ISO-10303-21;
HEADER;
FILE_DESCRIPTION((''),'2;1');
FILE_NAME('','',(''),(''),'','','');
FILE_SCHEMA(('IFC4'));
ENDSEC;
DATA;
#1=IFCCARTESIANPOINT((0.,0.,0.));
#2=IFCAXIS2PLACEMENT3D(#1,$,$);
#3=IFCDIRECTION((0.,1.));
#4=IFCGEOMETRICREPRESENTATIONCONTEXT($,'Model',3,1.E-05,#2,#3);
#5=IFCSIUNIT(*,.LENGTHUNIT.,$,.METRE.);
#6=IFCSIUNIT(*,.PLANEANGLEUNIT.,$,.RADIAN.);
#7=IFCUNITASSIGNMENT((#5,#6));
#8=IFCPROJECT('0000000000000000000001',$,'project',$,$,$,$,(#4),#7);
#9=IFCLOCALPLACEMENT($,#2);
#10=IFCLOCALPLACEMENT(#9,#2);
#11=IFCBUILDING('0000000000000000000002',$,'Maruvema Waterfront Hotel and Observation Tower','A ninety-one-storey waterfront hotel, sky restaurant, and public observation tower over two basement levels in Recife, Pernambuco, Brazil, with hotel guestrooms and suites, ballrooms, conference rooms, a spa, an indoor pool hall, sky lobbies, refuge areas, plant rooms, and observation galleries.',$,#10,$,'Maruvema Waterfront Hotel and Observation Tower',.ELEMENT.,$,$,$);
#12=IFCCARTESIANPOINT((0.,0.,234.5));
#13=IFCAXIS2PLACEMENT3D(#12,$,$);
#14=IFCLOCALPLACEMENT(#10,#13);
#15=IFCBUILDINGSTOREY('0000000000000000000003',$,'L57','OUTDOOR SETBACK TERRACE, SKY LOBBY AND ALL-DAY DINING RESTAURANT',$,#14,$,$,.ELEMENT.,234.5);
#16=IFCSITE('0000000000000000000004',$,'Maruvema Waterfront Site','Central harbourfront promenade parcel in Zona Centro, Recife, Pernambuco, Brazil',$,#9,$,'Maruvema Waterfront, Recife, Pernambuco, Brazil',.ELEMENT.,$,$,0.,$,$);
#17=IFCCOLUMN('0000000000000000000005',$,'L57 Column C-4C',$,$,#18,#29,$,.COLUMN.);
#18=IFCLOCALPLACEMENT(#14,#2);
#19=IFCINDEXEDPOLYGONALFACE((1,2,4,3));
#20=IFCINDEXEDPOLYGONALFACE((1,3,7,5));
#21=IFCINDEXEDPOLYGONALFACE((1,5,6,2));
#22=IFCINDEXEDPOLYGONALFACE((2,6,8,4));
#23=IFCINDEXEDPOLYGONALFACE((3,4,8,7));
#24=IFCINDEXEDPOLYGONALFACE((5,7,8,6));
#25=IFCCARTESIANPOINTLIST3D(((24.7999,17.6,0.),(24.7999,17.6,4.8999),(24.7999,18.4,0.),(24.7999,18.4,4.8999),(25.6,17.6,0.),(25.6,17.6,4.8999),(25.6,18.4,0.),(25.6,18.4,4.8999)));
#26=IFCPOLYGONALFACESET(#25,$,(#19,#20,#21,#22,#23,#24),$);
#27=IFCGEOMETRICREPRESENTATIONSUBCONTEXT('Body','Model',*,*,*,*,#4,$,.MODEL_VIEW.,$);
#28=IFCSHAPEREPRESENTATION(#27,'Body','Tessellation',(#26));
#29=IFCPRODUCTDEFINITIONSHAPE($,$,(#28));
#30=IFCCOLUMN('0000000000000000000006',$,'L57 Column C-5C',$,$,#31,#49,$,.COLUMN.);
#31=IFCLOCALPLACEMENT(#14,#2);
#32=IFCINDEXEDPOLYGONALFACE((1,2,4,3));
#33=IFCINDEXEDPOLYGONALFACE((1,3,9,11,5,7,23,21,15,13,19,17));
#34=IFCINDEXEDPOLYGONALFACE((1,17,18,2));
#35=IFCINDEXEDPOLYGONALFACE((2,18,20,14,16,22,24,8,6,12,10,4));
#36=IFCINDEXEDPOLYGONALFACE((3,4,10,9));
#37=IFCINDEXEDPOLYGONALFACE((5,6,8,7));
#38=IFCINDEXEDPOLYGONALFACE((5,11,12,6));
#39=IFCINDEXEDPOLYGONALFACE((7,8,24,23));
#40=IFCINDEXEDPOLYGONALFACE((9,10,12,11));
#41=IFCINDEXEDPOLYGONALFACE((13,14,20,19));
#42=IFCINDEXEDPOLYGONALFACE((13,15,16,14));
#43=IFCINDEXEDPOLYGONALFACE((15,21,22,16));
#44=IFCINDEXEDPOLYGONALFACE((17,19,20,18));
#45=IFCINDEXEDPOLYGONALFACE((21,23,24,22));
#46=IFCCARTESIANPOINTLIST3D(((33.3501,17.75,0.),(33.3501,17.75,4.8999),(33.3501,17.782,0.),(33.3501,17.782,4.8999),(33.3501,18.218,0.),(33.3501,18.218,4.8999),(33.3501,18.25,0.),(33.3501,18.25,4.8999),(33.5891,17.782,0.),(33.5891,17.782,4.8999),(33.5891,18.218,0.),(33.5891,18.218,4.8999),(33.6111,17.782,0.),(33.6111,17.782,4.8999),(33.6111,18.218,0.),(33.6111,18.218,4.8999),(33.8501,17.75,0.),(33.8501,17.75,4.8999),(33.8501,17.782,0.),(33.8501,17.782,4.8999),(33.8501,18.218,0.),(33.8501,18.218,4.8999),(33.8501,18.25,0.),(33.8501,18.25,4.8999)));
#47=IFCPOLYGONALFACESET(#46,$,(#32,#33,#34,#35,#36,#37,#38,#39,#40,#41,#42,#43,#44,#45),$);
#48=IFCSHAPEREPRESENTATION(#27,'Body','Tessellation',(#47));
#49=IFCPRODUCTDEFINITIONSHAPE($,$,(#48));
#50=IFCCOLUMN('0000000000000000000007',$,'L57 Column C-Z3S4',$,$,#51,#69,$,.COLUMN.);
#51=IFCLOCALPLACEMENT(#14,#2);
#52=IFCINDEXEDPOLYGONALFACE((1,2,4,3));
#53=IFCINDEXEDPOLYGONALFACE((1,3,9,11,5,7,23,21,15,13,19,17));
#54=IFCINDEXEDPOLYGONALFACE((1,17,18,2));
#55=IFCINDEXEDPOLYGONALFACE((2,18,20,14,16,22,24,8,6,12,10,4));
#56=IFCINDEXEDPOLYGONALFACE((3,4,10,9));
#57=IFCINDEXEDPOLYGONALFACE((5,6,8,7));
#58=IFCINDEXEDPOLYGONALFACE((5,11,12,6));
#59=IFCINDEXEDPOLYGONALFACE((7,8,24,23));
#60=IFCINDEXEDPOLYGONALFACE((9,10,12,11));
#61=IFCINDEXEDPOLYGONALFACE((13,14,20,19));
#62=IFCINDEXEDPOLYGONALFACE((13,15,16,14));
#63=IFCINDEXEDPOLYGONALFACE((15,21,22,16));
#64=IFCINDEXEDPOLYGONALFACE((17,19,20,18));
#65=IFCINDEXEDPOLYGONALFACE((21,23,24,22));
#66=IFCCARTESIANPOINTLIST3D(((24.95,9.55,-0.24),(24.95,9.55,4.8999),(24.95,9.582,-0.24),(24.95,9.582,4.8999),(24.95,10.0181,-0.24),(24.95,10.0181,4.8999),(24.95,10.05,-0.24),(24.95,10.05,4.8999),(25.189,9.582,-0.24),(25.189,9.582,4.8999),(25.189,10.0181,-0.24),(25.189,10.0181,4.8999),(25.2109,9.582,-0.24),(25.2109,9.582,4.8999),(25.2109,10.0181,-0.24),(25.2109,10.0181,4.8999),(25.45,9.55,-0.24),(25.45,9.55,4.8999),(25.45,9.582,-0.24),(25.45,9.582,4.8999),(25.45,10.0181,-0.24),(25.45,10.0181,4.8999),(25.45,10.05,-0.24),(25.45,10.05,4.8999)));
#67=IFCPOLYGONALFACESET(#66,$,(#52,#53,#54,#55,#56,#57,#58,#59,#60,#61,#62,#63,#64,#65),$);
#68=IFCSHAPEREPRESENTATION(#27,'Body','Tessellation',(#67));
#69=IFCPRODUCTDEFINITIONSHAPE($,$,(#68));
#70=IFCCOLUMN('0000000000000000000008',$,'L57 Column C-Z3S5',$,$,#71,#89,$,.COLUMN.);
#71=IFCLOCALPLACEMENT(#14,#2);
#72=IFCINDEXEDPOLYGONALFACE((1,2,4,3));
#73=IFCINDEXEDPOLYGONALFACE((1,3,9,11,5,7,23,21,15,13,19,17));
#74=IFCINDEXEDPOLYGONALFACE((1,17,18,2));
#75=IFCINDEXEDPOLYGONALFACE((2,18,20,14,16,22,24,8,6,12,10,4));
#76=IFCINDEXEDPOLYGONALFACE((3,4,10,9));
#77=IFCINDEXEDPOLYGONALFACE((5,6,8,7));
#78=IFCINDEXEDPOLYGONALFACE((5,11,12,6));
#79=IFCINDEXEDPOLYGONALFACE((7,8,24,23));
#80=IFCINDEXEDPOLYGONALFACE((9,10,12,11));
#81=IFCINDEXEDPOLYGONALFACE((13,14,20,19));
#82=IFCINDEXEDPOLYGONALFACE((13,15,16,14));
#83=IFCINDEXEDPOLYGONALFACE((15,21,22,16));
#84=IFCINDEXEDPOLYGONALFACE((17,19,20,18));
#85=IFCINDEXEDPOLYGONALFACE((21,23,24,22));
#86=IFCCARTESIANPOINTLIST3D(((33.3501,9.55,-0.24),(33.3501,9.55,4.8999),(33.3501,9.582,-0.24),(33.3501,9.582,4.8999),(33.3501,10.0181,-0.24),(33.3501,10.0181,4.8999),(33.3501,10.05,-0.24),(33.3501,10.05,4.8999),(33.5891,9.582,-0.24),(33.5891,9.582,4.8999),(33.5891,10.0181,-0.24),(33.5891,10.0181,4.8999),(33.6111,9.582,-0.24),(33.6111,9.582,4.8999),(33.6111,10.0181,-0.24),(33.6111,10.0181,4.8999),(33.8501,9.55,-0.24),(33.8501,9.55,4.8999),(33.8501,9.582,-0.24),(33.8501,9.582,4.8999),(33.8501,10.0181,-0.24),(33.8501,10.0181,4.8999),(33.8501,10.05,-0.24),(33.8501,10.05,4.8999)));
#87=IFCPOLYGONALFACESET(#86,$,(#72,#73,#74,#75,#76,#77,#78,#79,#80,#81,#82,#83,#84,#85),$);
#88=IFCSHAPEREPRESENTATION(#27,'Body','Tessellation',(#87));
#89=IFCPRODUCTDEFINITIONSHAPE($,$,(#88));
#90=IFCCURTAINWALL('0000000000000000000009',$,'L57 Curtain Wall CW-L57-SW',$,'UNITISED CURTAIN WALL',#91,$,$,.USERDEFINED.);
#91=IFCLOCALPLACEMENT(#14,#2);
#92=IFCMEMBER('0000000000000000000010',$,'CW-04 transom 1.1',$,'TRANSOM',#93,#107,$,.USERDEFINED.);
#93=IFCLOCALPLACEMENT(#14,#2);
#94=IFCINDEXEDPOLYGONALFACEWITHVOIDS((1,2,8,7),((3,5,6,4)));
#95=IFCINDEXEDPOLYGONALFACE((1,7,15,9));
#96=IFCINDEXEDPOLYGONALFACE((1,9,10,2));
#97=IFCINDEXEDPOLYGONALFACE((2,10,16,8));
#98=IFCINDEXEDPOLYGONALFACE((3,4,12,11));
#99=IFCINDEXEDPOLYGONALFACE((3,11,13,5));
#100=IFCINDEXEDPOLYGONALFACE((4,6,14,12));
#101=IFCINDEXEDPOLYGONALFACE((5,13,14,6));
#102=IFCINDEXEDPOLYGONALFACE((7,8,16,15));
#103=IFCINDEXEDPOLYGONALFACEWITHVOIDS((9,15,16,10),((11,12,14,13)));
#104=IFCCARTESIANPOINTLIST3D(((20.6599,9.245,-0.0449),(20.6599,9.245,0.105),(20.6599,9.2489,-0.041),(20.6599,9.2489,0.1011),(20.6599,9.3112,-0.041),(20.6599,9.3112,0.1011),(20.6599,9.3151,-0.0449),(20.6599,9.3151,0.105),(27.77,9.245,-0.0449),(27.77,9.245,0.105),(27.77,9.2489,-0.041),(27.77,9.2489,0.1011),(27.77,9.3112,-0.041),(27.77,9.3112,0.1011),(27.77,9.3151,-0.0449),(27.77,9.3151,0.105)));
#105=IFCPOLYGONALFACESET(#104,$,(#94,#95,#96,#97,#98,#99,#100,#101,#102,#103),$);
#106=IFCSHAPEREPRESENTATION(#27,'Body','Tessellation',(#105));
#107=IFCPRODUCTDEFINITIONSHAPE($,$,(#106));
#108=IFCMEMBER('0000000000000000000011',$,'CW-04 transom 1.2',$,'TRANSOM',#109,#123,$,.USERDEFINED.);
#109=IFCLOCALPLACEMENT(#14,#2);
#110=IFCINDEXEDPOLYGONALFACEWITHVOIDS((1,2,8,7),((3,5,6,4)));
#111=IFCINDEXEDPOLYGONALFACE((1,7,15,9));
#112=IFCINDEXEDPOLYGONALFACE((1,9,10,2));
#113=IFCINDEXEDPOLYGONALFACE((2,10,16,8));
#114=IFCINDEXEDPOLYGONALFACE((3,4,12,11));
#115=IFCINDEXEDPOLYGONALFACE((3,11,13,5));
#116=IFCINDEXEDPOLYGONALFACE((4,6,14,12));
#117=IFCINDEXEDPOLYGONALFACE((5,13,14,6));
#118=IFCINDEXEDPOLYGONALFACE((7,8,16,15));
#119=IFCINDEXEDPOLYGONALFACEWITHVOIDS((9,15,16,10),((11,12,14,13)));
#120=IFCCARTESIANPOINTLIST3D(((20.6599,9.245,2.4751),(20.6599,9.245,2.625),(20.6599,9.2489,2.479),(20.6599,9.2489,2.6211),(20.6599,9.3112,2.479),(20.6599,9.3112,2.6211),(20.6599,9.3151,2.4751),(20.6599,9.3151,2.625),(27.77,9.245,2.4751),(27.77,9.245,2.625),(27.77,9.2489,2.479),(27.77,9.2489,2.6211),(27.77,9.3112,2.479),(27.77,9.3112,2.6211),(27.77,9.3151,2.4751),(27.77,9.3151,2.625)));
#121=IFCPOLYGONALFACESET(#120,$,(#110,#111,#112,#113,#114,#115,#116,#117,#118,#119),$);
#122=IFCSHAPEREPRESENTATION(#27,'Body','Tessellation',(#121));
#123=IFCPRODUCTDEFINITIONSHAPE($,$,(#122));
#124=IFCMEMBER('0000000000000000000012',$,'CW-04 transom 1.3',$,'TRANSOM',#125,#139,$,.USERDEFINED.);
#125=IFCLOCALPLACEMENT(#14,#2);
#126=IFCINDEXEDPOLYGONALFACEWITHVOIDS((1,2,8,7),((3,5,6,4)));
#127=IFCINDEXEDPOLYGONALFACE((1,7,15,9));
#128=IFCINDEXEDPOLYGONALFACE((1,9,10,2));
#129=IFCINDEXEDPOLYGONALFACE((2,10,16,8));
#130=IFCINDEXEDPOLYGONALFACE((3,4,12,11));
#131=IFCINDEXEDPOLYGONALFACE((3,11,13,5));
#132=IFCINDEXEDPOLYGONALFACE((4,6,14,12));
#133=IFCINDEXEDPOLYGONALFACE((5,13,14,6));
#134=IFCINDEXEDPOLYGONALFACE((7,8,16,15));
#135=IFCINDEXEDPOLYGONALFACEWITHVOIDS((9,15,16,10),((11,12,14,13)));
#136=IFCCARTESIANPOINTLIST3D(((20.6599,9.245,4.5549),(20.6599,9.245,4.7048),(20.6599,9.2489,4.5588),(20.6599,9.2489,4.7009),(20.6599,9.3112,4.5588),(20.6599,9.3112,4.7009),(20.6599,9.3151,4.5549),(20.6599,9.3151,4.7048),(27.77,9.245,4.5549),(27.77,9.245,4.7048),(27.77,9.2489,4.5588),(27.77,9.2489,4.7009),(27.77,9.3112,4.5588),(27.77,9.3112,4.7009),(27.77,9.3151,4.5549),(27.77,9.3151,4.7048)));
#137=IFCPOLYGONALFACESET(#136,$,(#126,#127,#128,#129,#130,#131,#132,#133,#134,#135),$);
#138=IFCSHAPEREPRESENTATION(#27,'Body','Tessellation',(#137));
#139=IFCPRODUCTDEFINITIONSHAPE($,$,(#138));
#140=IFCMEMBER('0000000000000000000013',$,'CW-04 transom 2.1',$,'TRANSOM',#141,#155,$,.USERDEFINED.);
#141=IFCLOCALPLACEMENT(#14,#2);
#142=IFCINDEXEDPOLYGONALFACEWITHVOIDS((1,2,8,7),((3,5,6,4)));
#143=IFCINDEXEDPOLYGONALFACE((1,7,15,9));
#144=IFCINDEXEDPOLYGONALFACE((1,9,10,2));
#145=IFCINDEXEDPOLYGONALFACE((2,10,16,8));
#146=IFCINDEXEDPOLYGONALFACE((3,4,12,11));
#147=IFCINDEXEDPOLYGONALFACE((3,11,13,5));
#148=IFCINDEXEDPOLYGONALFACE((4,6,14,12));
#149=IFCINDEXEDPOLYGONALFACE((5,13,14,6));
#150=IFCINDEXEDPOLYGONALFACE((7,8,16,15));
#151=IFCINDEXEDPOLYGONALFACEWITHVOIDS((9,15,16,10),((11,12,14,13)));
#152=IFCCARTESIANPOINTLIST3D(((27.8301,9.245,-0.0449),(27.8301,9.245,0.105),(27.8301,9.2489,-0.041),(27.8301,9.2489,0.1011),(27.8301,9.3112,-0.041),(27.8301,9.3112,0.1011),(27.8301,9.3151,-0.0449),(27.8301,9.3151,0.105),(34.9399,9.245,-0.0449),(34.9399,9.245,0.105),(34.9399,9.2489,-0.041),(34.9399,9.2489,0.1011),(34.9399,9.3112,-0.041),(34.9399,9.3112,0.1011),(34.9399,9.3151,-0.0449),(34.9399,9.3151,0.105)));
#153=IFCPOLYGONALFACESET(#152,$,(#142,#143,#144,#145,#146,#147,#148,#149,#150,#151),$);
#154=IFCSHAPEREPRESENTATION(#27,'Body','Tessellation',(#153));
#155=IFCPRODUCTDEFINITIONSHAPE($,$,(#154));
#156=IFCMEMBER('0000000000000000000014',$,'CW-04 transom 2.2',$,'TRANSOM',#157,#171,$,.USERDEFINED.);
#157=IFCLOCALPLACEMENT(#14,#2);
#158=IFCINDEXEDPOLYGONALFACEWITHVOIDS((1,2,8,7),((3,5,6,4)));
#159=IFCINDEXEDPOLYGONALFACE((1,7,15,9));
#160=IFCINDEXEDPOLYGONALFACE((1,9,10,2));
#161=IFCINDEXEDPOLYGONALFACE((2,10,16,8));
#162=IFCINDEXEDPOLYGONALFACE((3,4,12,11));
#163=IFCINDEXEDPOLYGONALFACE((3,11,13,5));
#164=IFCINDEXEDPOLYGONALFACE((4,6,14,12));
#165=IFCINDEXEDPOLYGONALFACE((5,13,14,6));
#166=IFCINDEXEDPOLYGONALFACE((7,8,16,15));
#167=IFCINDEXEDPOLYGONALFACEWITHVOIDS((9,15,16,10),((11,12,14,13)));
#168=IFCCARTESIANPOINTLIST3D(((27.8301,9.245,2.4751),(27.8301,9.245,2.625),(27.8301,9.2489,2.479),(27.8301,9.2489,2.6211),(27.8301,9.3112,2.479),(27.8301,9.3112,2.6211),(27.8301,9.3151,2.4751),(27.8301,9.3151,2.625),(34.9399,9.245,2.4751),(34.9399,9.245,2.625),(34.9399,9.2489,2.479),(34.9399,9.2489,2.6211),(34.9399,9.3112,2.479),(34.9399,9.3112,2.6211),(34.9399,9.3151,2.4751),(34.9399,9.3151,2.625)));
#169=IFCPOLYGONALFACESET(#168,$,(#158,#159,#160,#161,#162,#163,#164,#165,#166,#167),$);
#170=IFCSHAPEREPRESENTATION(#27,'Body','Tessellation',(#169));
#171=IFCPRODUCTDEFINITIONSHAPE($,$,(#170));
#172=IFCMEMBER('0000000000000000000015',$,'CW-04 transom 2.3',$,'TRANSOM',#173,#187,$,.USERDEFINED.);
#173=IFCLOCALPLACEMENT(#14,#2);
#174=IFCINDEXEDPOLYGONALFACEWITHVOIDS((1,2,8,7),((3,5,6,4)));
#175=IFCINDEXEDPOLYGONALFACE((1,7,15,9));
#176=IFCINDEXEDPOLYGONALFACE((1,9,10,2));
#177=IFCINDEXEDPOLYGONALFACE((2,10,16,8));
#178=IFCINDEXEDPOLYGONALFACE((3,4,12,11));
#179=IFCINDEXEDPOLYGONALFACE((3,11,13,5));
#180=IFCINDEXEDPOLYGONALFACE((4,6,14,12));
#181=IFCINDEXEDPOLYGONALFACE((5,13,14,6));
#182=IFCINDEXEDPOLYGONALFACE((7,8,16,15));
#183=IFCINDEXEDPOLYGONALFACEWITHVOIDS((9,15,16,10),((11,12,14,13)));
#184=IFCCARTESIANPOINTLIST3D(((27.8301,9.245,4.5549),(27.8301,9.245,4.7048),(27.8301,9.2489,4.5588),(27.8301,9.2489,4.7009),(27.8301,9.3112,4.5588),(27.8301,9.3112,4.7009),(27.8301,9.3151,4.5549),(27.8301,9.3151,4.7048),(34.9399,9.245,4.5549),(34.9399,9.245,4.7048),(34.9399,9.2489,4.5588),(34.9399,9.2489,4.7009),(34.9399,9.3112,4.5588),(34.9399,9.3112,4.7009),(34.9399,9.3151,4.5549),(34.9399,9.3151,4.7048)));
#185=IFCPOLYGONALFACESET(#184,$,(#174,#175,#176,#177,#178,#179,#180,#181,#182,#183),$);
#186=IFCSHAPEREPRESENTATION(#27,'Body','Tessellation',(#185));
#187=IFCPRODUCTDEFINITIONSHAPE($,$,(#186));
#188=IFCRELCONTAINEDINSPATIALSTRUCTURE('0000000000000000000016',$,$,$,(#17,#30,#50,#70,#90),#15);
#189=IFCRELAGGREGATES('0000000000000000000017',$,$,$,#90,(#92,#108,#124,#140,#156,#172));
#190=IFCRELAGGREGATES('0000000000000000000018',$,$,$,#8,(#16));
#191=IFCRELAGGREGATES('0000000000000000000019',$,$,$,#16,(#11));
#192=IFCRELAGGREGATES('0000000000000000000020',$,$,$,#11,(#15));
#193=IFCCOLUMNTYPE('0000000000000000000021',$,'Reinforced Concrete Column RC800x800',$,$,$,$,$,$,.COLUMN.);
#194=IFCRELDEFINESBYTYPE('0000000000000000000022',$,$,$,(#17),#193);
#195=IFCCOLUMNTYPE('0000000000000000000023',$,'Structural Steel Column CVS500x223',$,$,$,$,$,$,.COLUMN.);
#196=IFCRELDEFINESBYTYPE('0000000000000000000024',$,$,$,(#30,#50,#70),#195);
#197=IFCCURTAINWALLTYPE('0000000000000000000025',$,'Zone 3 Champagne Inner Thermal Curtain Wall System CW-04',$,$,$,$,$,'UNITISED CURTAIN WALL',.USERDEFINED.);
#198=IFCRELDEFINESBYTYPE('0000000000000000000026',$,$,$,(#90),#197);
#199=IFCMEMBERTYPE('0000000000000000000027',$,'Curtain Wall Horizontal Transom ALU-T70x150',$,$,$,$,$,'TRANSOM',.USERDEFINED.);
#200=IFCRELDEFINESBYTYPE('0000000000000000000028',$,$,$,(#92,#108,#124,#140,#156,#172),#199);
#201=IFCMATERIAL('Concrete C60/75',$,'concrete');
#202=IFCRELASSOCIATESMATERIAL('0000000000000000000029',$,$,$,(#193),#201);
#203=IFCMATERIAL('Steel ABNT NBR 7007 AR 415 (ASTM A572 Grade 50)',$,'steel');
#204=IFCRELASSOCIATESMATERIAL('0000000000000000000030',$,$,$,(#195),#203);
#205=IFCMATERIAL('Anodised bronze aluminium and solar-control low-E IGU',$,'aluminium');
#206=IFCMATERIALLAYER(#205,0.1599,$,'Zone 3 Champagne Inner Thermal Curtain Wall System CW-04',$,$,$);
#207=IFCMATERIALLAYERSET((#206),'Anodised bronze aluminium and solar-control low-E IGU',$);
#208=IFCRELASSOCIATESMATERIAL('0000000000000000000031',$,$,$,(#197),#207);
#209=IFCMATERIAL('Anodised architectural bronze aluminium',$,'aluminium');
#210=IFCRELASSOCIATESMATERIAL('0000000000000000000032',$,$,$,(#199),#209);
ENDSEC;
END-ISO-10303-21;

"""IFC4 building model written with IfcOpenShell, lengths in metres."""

from ifc_helpers import new_model, si_unit, direction, frame, origin, origin_2d, place, context, subcontext, project, spatial, rectangle, hollow_rectangle, i_section, extrude, material, layer, layer_set, material_profile, profile_set, type_object, element, aggregate, save


model = new_model("IFC4")

# Units and contexts
model_context = context("Model", 3, precision=1e-05, world=origin(), true_north=direction((0.0, 1.0)))
body_context = subcontext(model_context, "Body", "Model", "MODEL_VIEW")
ifc_project = project(units=[si_unit("LENGTHUNIT", "METRE"), si_unit("PLANEANGLEUNIT", "RADIAN")], contexts=[model_context])

# Site, building, storey
site_placement = place(None, origin())
site = spatial("IfcSite", under=ifc_project, at=site_placement, Name="Maruvema Waterfront Site", Description="Central harbourfront promenade parcel in Zona Centro, Recife, Pernambuco, Brazil", LongName="Maruvema Waterfront, Recife, Pernambuco, Brazil", CompositionType="ELEMENT", RefElevation=0.0)
building_placement = place(site_placement, origin())
building = spatial("IfcBuilding", under=site, at=building_placement, Name="Maruvema Waterfront Hotel and Observation Tower", Description="A ninety-one-storey waterfront hotel, sky restaurant, and public observation tower over two basement levels in Recife, Pernambuco, Brazil, with hotel guestrooms and suites, ballrooms, conference rooms, a spa, an indoor pool hall, sky lobbies, refuge areas, plant rooms, and observation galleries.", LongName="Maruvema Waterfront Hotel and Observation Tower", CompositionType="ELEMENT")
storey_placement = place(building_placement, frame((0.0, 0.0, 234.5)))
storey = spatial("IfcBuildingStorey", under=building, at=storey_placement, Name="L57", Description="OUTDOOR SETBACK TERRACE, SKY LOBBY AND ALL-DAY DINING RESTAURANT", CompositionType="ELEMENT", Elevation=234.5)

# Columns
ifc_material_1 = material(Name="Concrete C60/75", Category="concrete")
ifc_material_profile_1 = material_profile(ifc_material_1, rectangle(XDim=0.8, YDim=0.8, at=origin_2d()), Name="RC800x800")
ifc_profile_set_1 = profile_set([ifc_material_profile_1], Name="Concrete C60/75")
column_type_1 = type_object("IfcColumnType", Name="Reinforced Concrete Column RC800x800", PredefinedType="COLUMN", material=ifc_profile_set_1)
column_1_placement = place(storey_placement, frame((25.2, 18.0, 0.0), z_axis=(0.0, 0.0, 1.0), x_axis=(1.0, 0.0, 0.0)))
element("IfcColumn", 1, at=column_1_placement, inside=storey, type_object=column_type_1, Name="L57 Column C-4C", PredefinedType="COLUMN", context=body_context, shape_type="SweptSolid", body=[
    extrude(rectangle(XDim=0.8, YDim=0.8, at=origin_2d()), origin(), (0.0, 0.0, 1.0), 4.8999),
])
ifc_material_2 = material(Name="Steel ABNT NBR 7007 AR 415 (ASTM A572 Grade 50)", Category="steel")
ifc_material_profile_2 = material_profile(ifc_material_2, i_section(OverallWidth=0.5, OverallDepth=0.5, WebThickness=0.022, FlangeThickness=0.032, at=origin_2d()), Name="CVS500x223")
ifc_profile_set_2 = profile_set([ifc_material_profile_2], Name="Steel ABNT NBR 7007 AR 415 (ASTM A572 Grade 50)")
column_type_2 = type_object("IfcColumnType", Name="Structural Steel Column CVS500x223", PredefinedType="COLUMN", material=ifc_profile_set_2)
column_2_placement = place(storey_placement, frame((33.6001, 18.0, 0.0), z_axis=(0.0, 0.0, 1.0), x_axis=(1.0, 0.0, 0.0)))
element("IfcColumn", 2, at=column_2_placement, inside=storey, type_object=column_type_2, Name="L57 Column C-5C", PredefinedType="COLUMN", context=body_context, shape_type="SweptSolid", body=[
    extrude(i_section(OverallWidth=0.5, OverallDepth=0.5, WebThickness=0.022, FlangeThickness=0.032, at=origin_2d()), origin(), (0.0, 0.0, 1.0), 4.8999),
])
for number, where, z_axis, x_axis, name in (
    (3, (25.2, 9.8, -0.24), (0.0, 0.0, 1.0), (1.0, 0.0, 0.0), "L57 Column C-Z3S4"),
    (4, (33.6001, 9.8, -0.24), (0.0, 0.0, 1.0), (1.0, 0.0, 0.0), "L57 Column C-Z3S5"),
):
    element("IfcColumn", number, at=place(storey_placement, frame(where, z_axis=z_axis, x_axis=x_axis)), inside=storey, type_object=column_type_2, Name=name, PredefinedType="COLUMN", context=body_context, shape_type="SweptSolid", body=[
        extrude(i_section(OverallWidth=0.5, OverallDepth=0.5, WebThickness=0.022, FlangeThickness=0.032, at=origin_2d()), origin(), (0.0, 0.0, 1.0), 5.1399),
    ])

# Curtain wall, members
ifc_material_3 = material(Name="Anodised bronze aluminium and solar-control low-E IGU", Category="aluminium")
ifc_layer_1 = layer(ifc_material_3, 0.1599, Name="Zone 3 Champagne Inner Thermal Curtain Wall System CW-04")
ifc_layer_set_1 = layer_set([ifc_layer_1], Name="Anodised bronze aluminium and solar-control low-E IGU")
curtain_wall_type = type_object("IfcCurtainWallType", Name="Zone 3 Champagne Inner Thermal Curtain Wall System CW-04", ElementType="UNITISED CURTAIN WALL", PredefinedType="USERDEFINED", material=ifc_layer_set_1)
curtain_wall_placement = place(storey_placement, origin())
curtain_wall = element("IfcCurtainWall", 5, at=curtain_wall_placement, inside=storey, type_object=curtain_wall_type, Name="L57 Curtain Wall CW-L57-SW", ObjectType="UNITISED CURTAIN WALL", PredefinedType="USERDEFINED")
ifc_material_4 = material(Name="Anodised architectural bronze aluminium", Category="aluminium")
ifc_material_profile_3 = material_profile(ifc_material_4, hollow_rectangle(XDim=0.0701, YDim=0.1499, WallThickness=0.0039, at=origin_2d()), Name="ALU-T70x150")
ifc_profile_set_3 = profile_set([ifc_material_profile_3], Name="Anodised architectural bronze aluminium")
member_type_1 = type_object("IfcMemberType", Name="Curtain Wall Horizontal Transom ALU-T70x150", ElementType="TRANSOM", PredefinedType="USERDEFINED", material=ifc_profile_set_3)
member_1_placement = place(storey_placement, frame((20.6599, 9.28, 0.03), z_axis=(1.0, 0.0, 0.0), x_axis=(0.0, 1.0, 0.0)))
member_1 = element("IfcMember", 6, at=member_1_placement, type_object=member_type_1, Name="CW-04 transom 1.1", ObjectType="TRANSOM", PredefinedType="USERDEFINED", context=body_context, shape_type="SweptSolid", body=[
    extrude(hollow_rectangle(XDim=0.0701, YDim=0.1499, WallThickness=0.0039, at=origin_2d()), origin(), (0.0, 0.0, 1.0), 7.1101),
])
member_2_placement = place(storey_placement, frame((20.6599, 9.28, 2.55), z_axis=(1.0, 0.0, 0.0), x_axis=(0.0, 1.0, 0.0)))
member_2 = element("IfcMember", 7, at=member_2_placement, type_object=member_type_1, Name="CW-04 transom 1.2", ObjectType="TRANSOM", PredefinedType="USERDEFINED", context=body_context, shape_type="SweptSolid", body=[
    extrude(hollow_rectangle(XDim=0.0701, YDim=0.1499, WallThickness=0.0039, at=origin_2d()), origin(), (0.0, 0.0, 1.0), 7.1101),
])
member_3_placement = place(storey_placement, frame((20.6599, 9.28, 4.6299), z_axis=(1.0, 0.0, 0.0), x_axis=(0.0, 1.0, 0.0)))
member_3 = element("IfcMember", 8, at=member_3_placement, type_object=member_type_1, Name="CW-04 transom 1.3", ObjectType="TRANSOM", PredefinedType="USERDEFINED", context=body_context, shape_type="SweptSolid", body=[
    extrude(hollow_rectangle(XDim=0.0701, YDim=0.1499, WallThickness=0.0039, at=origin_2d()), origin(), (0.0, 0.0, 1.0), 7.1101),
])
member_4_placement = place(storey_placement, frame((27.8301, 9.28, 0.03), z_axis=(1.0, 0.0, 0.0), x_axis=(0.0, 1.0, 0.0)))
member_4 = element("IfcMember", 9, at=member_4_placement, type_object=member_type_1, Name="CW-04 transom 2.1", ObjectType="TRANSOM", PredefinedType="USERDEFINED", context=body_context, shape_type="SweptSolid", body=[
    extrude(hollow_rectangle(XDim=0.0701, YDim=0.1499, WallThickness=0.0039, at=origin_2d()), origin(), (0.0, 0.0, 1.0), 7.1099),
])
member_5_placement = place(storey_placement, frame((27.8301, 9.28, 2.55), z_axis=(1.0, 0.0, 0.0), x_axis=(0.0, 1.0, 0.0)))
member_5 = element("IfcMember", 10, at=member_5_placement, type_object=member_type_1, Name="CW-04 transom 2.2", ObjectType="TRANSOM", PredefinedType="USERDEFINED", context=body_context, shape_type="SweptSolid", body=[
    extrude(hollow_rectangle(XDim=0.0701, YDim=0.1499, WallThickness=0.0039, at=origin_2d()), origin(), (0.0, 0.0, 1.0), 7.1099),
])
member_6_placement = place(storey_placement, frame((27.8301, 9.28, 4.6299), z_axis=(1.0, 0.0, 0.0), x_axis=(0.0, 1.0, 0.0)))
member_6 = element("IfcMember", 11, at=member_6_placement, type_object=member_type_1, Name="CW-04 transom 2.3", ObjectType="TRANSOM", PredefinedType="USERDEFINED", context=body_context, shape_type="SweptSolid", body=[
    extrude(hollow_rectangle(XDim=0.0701, YDim=0.1499, WallThickness=0.0039, at=origin_2d()), origin(), (0.0, 0.0, 1.0), 7.1099),
])

aggregate(curtain_wall, [member_1, member_2, member_3, member_4, member_5, member_6])

save(model, "model.ifc")
